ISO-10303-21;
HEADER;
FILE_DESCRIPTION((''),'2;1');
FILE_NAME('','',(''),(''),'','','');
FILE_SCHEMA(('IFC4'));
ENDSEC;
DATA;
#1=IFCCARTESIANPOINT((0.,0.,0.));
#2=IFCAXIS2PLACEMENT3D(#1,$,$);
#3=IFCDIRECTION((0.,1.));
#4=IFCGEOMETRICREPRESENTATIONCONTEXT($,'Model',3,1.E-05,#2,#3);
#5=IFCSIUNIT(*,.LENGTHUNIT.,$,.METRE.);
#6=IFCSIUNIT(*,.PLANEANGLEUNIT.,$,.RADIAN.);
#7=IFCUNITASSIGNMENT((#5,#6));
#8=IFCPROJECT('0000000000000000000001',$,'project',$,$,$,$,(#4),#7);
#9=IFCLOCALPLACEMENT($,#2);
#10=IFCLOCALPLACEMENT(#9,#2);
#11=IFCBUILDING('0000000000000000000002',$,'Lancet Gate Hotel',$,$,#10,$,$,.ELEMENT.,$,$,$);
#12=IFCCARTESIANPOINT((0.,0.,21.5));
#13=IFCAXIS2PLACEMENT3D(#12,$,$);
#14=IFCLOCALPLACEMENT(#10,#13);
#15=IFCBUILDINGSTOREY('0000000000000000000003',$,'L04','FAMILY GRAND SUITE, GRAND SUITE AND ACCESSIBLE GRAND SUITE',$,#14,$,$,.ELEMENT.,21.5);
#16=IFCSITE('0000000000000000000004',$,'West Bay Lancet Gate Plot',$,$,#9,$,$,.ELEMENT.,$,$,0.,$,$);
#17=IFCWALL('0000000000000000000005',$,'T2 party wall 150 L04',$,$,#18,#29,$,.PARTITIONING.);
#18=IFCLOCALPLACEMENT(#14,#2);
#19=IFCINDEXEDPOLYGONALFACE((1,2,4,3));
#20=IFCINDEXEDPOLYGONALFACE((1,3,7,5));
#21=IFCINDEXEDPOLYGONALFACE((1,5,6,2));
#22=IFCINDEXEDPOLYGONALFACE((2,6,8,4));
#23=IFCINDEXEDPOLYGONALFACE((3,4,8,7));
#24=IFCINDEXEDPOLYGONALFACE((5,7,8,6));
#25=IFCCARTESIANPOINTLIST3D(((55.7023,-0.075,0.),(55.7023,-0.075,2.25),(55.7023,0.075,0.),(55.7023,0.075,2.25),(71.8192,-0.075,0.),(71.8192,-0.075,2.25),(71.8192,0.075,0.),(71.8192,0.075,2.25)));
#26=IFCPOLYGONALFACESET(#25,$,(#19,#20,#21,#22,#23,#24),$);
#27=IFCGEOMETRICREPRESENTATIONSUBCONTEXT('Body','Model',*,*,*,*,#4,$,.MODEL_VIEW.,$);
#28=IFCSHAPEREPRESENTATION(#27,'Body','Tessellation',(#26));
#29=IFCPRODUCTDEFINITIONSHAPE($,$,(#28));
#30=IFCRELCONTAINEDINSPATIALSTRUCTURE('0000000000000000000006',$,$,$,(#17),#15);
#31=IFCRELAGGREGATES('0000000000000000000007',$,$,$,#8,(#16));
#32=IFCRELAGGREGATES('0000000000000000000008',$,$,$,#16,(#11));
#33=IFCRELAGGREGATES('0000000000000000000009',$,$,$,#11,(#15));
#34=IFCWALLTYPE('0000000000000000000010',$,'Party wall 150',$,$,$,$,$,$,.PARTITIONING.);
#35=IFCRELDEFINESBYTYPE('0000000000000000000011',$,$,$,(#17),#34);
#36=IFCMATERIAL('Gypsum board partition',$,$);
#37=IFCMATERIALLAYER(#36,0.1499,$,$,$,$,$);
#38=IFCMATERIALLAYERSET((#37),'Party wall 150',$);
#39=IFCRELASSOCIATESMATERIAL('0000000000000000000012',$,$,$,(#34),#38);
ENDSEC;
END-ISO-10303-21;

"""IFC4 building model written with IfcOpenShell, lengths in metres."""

from ifc_helpers import new_model, si_unit, direction, frame, frame_2d, origin, place, context, subcontext, project, spatial, rectangle, extrude, material, layer, layer_set, type_object, element, save


model = new_model("IFC4")

# Units and contexts
model_context = context("Model", 3, precision=1e-05, world=origin(), true_north=direction((0.0, 1.0)))
body_context = subcontext(model_context, "Body", "Model", "MODEL_VIEW")
ifc_project = project(units=[si_unit("LENGTHUNIT", "METRE"), si_unit("PLANEANGLEUNIT", "RADIAN")], contexts=[model_context])

# Site, building, storey
site_placement = place(None, origin())
site = spatial("IfcSite", under=ifc_project, at=site_placement, Name="West Bay Lancet Gate Plot", CompositionType="ELEMENT", RefElevation=0.0)
building_placement = place(site_placement, origin())
building = spatial("IfcBuilding", under=site, at=building_placement, Name="Lancet Gate Hotel", CompositionType="ELEMENT")
storey_placement = place(building_placement, frame((0.0, 0.0, 21.5)))
storey = spatial("IfcBuildingStorey", under=building, at=storey_placement, Name="L04", Description="FAMILY GRAND SUITE, GRAND SUITE AND ACCESSIBLE GRAND SUITE", CompositionType="ELEMENT", Elevation=21.5)

# Wall
ifc_material_1 = material(Name="Gypsum board partition")
ifc_layer_1 = layer(ifc_material_1, 0.1499)
ifc_layer_set_1 = layer_set([ifc_layer_1], Name="Party wall 150")
wall_type_1 = type_object("IfcWallType", Name="Party wall 150", PredefinedType="PARTITIONING", material=ifc_layer_set_1)
wall_1_placement = place(storey_placement, frame((55.7021, 0.0, 0.0), z_axis=(0.0, 0.0, 1.0), x_axis=(1.0, 0.0, 0.0)))
element("IfcWall", 1, at=wall_1_placement, inside=storey, type_object=wall_type_1, Name="T2 party wall 150 L04", PredefinedType="PARTITIONING", context=body_context, shape_type="SweptSolid", body=[
    extrude(rectangle(XDim=16.1169, YDim=0.1499, at=frame_2d((8.0586, 0.0))), origin(), (0.0, 0.0, 1.0), 2.25),
])

save(model, "model.ifc")
